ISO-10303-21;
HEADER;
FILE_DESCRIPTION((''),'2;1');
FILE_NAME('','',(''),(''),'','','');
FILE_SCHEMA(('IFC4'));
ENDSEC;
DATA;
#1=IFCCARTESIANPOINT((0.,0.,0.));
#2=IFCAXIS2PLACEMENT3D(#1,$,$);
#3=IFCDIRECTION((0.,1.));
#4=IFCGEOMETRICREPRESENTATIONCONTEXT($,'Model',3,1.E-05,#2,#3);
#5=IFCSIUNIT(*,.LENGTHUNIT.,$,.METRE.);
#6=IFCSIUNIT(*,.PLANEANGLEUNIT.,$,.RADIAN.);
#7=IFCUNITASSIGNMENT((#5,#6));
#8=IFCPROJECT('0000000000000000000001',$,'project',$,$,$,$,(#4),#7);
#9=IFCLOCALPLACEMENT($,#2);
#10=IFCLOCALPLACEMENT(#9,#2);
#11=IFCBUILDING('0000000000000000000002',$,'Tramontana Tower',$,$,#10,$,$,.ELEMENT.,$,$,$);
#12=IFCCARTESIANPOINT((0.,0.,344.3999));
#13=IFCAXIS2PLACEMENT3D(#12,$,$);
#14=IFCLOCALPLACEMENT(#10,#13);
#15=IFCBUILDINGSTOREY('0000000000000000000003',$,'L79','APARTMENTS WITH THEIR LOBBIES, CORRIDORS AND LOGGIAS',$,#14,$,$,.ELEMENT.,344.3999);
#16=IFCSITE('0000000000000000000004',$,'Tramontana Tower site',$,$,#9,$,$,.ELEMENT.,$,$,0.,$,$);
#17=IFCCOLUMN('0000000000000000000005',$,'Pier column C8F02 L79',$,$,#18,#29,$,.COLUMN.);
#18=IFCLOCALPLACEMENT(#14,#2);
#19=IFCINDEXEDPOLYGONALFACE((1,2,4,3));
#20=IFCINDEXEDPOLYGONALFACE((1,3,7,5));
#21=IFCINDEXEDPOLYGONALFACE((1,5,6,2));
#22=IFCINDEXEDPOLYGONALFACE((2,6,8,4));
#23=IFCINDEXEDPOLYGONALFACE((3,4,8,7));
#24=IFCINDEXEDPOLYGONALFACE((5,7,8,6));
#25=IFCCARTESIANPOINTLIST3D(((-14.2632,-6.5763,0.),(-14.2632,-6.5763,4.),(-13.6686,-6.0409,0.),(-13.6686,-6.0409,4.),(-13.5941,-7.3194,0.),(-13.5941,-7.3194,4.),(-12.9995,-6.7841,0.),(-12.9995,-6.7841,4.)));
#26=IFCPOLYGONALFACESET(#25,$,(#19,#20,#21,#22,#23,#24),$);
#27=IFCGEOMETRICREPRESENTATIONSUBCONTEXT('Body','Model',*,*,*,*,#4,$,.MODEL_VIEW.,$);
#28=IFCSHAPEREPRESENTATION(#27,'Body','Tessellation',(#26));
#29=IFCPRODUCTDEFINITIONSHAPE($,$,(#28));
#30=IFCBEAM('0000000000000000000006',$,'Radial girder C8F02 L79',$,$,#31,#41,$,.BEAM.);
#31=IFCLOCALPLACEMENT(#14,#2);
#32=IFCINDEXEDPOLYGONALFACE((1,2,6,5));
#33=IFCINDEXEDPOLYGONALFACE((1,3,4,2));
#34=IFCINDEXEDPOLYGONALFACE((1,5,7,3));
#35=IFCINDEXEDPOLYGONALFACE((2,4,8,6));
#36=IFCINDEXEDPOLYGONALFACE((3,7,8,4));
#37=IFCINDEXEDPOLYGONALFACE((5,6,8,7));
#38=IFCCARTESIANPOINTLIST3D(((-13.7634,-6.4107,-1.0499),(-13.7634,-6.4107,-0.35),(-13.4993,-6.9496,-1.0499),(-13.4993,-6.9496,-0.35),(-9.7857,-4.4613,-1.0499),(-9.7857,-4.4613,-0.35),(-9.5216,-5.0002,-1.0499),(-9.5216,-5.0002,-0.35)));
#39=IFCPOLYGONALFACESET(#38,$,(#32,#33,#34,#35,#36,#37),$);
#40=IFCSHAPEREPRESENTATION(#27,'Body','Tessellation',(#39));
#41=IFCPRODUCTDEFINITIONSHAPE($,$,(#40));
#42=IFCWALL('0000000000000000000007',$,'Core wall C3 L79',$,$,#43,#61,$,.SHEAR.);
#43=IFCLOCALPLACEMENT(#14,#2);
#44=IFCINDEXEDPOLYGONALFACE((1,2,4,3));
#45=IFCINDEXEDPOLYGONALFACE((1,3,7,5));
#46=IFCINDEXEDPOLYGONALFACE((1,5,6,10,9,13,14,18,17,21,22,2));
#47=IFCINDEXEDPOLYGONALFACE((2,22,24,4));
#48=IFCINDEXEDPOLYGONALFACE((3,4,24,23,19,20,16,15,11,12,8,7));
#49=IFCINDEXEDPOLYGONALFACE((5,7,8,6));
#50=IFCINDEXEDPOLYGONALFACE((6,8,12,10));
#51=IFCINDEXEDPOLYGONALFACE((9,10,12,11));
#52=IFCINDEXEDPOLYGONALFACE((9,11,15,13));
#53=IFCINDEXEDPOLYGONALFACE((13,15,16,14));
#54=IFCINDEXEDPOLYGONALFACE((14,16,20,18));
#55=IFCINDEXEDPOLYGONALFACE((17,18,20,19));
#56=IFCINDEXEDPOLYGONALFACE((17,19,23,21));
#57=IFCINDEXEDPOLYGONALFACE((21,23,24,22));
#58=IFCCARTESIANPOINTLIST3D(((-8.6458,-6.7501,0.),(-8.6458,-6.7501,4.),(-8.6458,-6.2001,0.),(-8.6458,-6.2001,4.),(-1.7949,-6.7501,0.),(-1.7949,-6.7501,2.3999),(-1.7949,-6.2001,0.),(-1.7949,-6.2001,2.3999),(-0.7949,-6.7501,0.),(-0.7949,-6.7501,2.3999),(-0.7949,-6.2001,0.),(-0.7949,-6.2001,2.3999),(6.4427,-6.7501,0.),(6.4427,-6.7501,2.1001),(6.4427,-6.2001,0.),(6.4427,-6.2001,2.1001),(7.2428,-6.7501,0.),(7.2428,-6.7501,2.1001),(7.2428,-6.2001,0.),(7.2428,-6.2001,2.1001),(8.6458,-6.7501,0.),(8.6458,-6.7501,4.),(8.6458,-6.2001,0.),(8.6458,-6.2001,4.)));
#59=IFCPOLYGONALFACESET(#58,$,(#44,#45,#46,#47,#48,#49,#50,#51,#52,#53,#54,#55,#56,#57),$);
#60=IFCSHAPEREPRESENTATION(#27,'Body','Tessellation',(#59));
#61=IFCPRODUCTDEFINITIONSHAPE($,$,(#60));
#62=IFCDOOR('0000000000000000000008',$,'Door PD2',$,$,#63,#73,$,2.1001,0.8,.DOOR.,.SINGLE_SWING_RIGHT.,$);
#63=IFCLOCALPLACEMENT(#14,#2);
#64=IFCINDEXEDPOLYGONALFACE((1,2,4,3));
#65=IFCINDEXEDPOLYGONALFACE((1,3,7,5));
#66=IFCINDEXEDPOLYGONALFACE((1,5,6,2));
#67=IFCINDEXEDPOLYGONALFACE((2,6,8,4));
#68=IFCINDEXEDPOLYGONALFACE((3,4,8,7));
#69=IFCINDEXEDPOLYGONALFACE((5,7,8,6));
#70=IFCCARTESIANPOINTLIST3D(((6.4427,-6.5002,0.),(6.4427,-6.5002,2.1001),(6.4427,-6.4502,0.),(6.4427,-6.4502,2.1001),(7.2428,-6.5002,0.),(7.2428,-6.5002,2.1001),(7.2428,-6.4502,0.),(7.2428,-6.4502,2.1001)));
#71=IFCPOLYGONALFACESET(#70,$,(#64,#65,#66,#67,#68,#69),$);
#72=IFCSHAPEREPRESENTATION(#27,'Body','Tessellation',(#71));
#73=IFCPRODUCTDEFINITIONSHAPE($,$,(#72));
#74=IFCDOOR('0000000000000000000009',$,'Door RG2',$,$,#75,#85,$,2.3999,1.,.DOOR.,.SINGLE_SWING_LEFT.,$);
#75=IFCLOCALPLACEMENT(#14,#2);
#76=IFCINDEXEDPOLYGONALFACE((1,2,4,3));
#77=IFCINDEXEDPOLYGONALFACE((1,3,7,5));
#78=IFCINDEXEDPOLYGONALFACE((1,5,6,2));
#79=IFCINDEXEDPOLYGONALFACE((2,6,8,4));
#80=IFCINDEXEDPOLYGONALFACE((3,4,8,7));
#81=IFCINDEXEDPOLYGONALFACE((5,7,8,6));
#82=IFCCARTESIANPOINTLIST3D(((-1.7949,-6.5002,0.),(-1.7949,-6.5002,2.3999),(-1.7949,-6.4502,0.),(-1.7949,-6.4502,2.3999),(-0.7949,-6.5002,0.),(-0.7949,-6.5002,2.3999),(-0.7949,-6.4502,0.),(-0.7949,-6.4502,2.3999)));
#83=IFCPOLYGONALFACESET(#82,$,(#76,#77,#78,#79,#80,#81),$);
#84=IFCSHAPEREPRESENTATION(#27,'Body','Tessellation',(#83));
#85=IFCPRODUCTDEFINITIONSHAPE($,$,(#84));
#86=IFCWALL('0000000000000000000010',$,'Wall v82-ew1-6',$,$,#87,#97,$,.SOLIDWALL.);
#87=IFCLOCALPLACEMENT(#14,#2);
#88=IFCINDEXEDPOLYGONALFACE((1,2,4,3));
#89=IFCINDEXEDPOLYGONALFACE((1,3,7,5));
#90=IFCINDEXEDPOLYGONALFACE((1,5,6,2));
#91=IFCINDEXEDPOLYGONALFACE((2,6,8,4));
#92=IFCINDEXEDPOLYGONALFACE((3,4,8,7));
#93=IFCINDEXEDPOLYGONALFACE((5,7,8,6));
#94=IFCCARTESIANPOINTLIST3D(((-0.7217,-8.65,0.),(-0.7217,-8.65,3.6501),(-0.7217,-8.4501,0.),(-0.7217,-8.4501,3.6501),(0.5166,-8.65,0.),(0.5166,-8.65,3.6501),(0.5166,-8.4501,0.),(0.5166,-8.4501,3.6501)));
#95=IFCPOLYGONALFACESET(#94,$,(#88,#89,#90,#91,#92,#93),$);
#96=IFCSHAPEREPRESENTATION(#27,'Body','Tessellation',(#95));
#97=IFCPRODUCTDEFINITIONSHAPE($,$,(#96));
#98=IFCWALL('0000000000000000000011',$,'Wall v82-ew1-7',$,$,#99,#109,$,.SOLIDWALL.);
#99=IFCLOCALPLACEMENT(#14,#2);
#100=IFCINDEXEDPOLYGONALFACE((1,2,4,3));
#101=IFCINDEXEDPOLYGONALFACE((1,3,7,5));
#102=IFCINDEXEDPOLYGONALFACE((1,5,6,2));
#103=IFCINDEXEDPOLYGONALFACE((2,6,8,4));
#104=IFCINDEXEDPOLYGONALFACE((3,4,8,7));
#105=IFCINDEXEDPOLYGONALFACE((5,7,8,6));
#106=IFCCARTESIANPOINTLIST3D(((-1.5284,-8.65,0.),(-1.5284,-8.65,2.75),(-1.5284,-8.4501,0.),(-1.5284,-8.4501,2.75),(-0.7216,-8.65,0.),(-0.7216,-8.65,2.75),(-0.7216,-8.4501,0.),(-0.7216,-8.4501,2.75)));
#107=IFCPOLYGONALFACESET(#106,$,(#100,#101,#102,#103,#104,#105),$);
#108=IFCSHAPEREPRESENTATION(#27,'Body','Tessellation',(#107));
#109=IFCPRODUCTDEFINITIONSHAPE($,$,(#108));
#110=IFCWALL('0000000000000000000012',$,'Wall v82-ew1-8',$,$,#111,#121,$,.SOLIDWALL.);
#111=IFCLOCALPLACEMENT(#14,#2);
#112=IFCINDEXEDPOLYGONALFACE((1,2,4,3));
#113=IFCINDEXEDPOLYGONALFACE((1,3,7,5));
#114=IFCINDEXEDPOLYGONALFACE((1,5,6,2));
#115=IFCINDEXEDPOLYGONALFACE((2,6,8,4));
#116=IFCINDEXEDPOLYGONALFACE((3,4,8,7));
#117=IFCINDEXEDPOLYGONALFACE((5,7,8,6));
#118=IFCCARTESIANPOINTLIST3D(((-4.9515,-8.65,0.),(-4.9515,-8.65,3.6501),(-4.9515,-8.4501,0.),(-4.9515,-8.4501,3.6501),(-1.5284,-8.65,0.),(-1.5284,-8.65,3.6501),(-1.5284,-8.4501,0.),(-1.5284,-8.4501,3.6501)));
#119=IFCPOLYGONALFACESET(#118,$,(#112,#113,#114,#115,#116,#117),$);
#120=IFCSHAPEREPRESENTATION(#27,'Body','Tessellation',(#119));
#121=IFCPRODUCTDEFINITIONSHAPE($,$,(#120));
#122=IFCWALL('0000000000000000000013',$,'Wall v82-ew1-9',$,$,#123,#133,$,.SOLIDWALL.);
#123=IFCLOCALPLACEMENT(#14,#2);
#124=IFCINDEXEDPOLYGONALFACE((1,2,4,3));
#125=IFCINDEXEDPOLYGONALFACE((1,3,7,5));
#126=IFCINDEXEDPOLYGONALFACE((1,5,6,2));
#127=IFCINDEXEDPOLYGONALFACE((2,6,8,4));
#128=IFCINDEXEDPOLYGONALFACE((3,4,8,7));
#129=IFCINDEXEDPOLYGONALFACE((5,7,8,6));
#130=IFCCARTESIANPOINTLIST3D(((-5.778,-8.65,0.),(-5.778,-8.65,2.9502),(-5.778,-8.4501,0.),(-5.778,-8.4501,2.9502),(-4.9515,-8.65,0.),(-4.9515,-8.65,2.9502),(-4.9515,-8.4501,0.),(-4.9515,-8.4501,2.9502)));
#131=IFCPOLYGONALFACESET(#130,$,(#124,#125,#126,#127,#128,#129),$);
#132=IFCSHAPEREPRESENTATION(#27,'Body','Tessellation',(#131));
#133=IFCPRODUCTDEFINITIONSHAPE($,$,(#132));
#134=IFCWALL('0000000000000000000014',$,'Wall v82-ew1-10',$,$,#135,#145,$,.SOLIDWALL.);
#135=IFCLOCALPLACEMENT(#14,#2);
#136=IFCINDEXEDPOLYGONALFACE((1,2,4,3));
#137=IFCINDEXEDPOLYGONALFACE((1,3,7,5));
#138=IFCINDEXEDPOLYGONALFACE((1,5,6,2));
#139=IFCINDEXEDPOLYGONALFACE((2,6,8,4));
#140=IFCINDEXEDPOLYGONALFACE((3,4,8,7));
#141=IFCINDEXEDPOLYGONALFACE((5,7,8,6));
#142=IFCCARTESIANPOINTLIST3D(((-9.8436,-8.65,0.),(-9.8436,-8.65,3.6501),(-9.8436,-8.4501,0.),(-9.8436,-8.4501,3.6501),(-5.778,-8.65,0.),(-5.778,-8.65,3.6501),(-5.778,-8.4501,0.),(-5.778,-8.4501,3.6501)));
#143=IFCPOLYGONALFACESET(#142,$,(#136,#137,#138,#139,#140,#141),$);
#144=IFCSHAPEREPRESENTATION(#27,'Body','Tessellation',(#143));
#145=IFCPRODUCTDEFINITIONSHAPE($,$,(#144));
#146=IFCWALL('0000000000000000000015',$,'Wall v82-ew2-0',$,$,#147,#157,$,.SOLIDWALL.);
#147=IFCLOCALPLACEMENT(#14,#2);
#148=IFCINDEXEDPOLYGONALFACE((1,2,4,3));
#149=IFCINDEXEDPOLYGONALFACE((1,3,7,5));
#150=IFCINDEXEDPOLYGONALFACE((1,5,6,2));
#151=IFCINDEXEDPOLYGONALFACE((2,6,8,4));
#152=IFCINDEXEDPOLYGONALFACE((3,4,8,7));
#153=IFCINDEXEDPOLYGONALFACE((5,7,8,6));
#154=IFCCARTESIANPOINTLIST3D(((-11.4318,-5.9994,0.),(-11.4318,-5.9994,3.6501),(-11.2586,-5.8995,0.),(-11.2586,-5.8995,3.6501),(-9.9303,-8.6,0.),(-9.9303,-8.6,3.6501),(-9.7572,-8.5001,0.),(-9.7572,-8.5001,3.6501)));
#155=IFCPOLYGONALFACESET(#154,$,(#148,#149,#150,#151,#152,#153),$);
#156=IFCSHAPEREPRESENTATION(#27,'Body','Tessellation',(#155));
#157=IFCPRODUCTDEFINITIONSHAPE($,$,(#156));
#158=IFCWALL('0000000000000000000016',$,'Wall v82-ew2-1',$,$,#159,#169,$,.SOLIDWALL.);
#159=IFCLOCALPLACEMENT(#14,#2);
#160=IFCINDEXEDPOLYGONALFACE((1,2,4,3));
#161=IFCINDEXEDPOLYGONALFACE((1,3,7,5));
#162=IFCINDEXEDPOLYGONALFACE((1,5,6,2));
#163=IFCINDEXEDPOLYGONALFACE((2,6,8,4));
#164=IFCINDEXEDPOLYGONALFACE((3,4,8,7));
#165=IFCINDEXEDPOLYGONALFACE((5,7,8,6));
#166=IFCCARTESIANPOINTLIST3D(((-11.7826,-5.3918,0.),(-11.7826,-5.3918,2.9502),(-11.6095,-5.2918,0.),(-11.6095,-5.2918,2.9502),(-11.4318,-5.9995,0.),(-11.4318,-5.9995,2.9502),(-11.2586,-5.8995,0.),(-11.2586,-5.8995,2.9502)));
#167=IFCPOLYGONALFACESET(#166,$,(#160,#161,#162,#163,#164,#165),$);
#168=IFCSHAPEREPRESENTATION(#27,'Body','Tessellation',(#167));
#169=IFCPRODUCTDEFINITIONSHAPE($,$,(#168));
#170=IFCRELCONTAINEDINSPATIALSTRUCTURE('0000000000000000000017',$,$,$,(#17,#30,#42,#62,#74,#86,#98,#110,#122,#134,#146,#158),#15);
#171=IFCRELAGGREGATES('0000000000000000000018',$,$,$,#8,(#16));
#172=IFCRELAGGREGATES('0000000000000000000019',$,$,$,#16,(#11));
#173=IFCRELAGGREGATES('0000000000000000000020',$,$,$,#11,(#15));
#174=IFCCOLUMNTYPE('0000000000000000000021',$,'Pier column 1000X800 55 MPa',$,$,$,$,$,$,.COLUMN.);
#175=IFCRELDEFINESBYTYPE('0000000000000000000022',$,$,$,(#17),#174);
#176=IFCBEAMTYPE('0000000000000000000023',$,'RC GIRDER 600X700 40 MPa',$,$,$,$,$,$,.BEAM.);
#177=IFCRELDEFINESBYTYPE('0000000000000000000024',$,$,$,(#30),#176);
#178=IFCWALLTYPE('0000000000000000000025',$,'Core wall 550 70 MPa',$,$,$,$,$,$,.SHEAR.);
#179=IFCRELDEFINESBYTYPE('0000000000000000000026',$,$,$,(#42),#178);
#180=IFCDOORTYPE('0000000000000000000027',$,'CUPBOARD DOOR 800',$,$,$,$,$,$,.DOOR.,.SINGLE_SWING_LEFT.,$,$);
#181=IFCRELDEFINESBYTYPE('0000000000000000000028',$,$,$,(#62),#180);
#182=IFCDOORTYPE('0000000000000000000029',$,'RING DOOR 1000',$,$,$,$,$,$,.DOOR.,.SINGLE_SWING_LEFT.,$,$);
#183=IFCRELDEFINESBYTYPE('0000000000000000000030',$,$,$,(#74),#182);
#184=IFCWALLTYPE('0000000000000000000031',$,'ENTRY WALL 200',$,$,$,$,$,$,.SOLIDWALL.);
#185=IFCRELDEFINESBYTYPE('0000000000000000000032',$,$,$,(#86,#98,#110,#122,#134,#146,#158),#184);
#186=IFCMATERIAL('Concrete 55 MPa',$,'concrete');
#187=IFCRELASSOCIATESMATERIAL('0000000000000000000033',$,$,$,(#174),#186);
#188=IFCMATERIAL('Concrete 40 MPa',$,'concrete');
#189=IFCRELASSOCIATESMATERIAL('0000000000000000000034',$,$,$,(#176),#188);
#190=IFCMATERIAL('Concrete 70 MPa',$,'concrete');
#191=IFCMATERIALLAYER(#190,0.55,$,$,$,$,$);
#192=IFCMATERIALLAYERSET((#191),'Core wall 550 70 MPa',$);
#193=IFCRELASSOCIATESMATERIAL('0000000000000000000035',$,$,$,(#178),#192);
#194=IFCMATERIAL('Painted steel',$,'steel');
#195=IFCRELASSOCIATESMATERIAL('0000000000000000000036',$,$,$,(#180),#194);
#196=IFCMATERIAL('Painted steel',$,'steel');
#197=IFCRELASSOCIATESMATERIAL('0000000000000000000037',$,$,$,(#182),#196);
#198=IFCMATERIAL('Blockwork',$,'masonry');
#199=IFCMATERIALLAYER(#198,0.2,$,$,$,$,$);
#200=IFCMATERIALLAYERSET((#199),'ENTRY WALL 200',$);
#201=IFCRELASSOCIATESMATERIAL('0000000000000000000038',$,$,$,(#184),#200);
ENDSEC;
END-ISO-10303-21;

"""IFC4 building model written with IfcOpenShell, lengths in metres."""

from ifc_helpers import new_model, si_unit, direction, frame, frame_2d, origin, origin_2d, place, context, subcontext, project, spatial, rectangle, extrude, material, layer, layer_set, material_profile, profile_set, type_object, element, fill, save


model = new_model("IFC4")

# Units and contexts
model_context = context("Model", 3, precision=1e-05, world=origin(), true_north=direction((0.0, 1.0)))
body_context = subcontext(model_context, "Body", "Model", "MODEL_VIEW")
ifc_project = project(units=[si_unit("LENGTHUNIT", "METRE"), si_unit("PLANEANGLEUNIT", "RADIAN")], contexts=[model_context])

# Site, building, storey
site_placement = place(None, origin())
site = spatial("IfcSite", under=ifc_project, at=site_placement, Name="Tramontana Tower site", CompositionType="ELEMENT", RefElevation=0.0)
building_placement = place(site_placement, origin())
building = spatial("IfcBuilding", under=site, at=building_placement, Name="Tramontana Tower", CompositionType="ELEMENT")
storey_placement = place(building_placement, frame((0.0, 0.0, 344.3999)))
storey = spatial("IfcBuildingStorey", under=building, at=storey_placement, Name="L79", Description="APARTMENTS WITH THEIR LOBBIES, CORRIDORS AND LOGGIAS", CompositionType="ELEMENT", Elevation=344.3999)

# Column
ifc_material_1 = material(Name="Concrete 55 MPa", Category="concrete")
ifc_material_profile_1 = material_profile(ifc_material_1, rectangle(XDim=1.0, YDim=0.8, at=origin_2d()), Name="Pier column 1000X800 55 MPa")
ifc_profile_set_1 = profile_set([ifc_material_profile_1], Name="Concrete 55 MPa")
column_type = type_object("IfcColumnType", Name="Pier column 1000X800 55 MPa", PredefinedType="COLUMN", material=ifc_profile_set_1)
column_placement = place(storey_placement, frame((-13.6313, -6.6802, 0.0), z_axis=(0.0, 0.0, 1.0), x_axis=(0.669131, -0.743145, 0.0)))
element("IfcColumn", 1, at=column_placement, inside=storey, type_object=column_type, Name="Pier column C8F02 L79", PredefinedType="COLUMN", context=body_context, shape_type="SweptSolid", body=[
    extrude(rectangle(XDim=1.0, YDim=0.8, at=origin_2d()), origin(), (0.0, 0.0, 1.0), 4.0),
])

# Beam
ifc_material_2 = material(Name="Concrete 40 MPa", Category="concrete")
ifc_material_profile_2 = material_profile(ifc_material_2, rectangle(XDim=0.6001, YDim=0.7, at=origin_2d()), Name="RC GIRDER 600X700 40 MPa")
ifc_profile_set_2 = profile_set([ifc_material_profile_2], Name="Concrete 40 MPa")
beam_type = type_object("IfcBeamType", Name="RC GIRDER 600X700 40 MPa", PredefinedType="BEAM", material=ifc_profile_set_2)
beam_placement = place(storey_placement, frame((-13.6313, -6.6802, -0.7), z_axis=(0.897959, 0.440079, 0.0), x_axis=(-0.440079, 0.897959, 0.0)))
element("IfcBeam", 2, at=beam_placement, inside=storey, type_object=beam_type, Name="Radial girder C8F02 L79", PredefinedType="BEAM", context=body_context, shape_type="SweptSolid", body=[
    extrude(rectangle(XDim=0.6001, YDim=0.7, at=origin_2d()), origin(), (0.0, 0.0, 1.0), 4.4297),
])

# Wall, openings, doors
ifc_material_3 = material(Name="Concrete 70 MPa", Category="concrete")
ifc_layer_1 = layer(ifc_material_3, 0.55)
ifc_layer_set_1 = layer_set([ifc_layer_1], Name="Core wall 550 70 MPa")
wall_type_1 = type_object("IfcWallType", Name="Core wall 550 70 MPa", PredefinedType="SHEAR", material=ifc_layer_set_1)
wall_1_placement = place(storey_placement, frame((-8.6458, -6.4751, 0.0), z_axis=(0.0, 0.0, 1.0), x_axis=(1.0, 0.0, 0.0)))
wall_1 = element("IfcWall", 3, at=wall_1_placement, inside=storey, type_object=wall_type_1, Name="Core wall C3 L79", PredefinedType="SHEAR", context=body_context, shape_type="SweptSolid", body=[
    extrude(rectangle(XDim=17.2915, YDim=0.55, at=frame_2d((8.6458, 0.0))), origin(), (0.0, 0.0, 1.0), 4.0),
])
opening_1_placement = place(wall_1_placement, frame((6.8508, 0.0, 0.0)))
opening_1 = element("IfcOpeningElement", 4, at=opening_1_placement, cuts=wall_1, PredefinedType="OPENING", context=body_context, shape_type="SweptSolid", body=[
    extrude(rectangle(XDim=1.0, YDim=2.3999, at=frame_2d((0.5, 1.2))), frame((0.0, 0.2849, 0.0), z_axis=(0.0, -1.0, 0.0), x_axis=(1.0, 0.0, 0.0)), (0.0, 0.0, 1.0), 0.5701),
])
opening_2_placement = place(wall_1_placement, frame((15.0886, 0.0, 0.0)))
opening_2 = element("IfcOpeningElement", 5, at=opening_2_placement, cuts=wall_1, PredefinedType="OPENING", context=body_context, shape_type="SweptSolid", body=[
    extrude(rectangle(XDim=0.8, YDim=2.1001, at=frame_2d((0.3999, 1.05))), frame((0.0, 0.2849, 0.0), z_axis=(0.0, -1.0, 0.0), x_axis=(1.0, 0.0, 0.0)), (0.0, 0.0, 1.0), 0.5701),
])
ifc_material_4 = material(Name="Painted steel", Category="steel")
door_type_1 = type_object("IfcDoorType", Name="CUPBOARD DOOR 800", OperationType="SINGLE_SWING_LEFT", PredefinedType="DOOR", material=ifc_material_4)
door_1_placement = place(opening_2_placement, origin())
door_1 = element("IfcDoor", 6, at=door_1_placement, inside=storey, type_object=door_type_1, Name="Door PD2", OperationType="SINGLE_SWING_RIGHT", OverallHeight=2.1001, OverallWidth=0.8, PredefinedType="DOOR", context=body_context, shape_type="SweptSolid", body=[
    extrude(rectangle(XDim=0.8, YDim=2.1001, at=frame_2d((0.3999, 1.05))), frame((0.0, 0.0249, 0.0), z_axis=(0.0, -1.0, 0.0), x_axis=(1.0, 0.0, 0.0)), (0.0, 0.0, 1.0), 0.05),
])
fill(opening_2, door_1)
ifc_material_5 = material(Name="Painted steel", Category="steel")
door_type_2 = type_object("IfcDoorType", Name="RING DOOR 1000", OperationType="SINGLE_SWING_LEFT", PredefinedType="DOOR", material=ifc_material_5)
door_2_placement = place(opening_1_placement, origin())
door_2 = element("IfcDoor", 7, at=door_2_placement, inside=storey, type_object=door_type_2, Name="Door RG2", OperationType="SINGLE_SWING_LEFT", OverallHeight=2.3999, OverallWidth=1.0, PredefinedType="DOOR", context=body_context, shape_type="SweptSolid", body=[
    extrude(rectangle(XDim=1.0, YDim=2.3999, at=frame_2d((0.5, 1.2))), frame((0.0, 0.0249, 0.0), z_axis=(0.0, -1.0, 0.0), x_axis=(1.0, 0.0, 0.0)), (0.0, 0.0, 1.0), 0.05),
])
fill(opening_1, door_2)

# Walls
ifc_material_6 = material(Name="Blockwork", Category="masonry")
ifc_layer_2 = layer(ifc_material_6, 0.2)
ifc_layer_set_2 = layer_set([ifc_layer_2], Name="ENTRY WALL 200")
wall_type_2 = type_object("IfcWallType", Name="ENTRY WALL 200", PredefinedType="SOLIDWALL", material=ifc_layer_set_2)
wall_2_placement = place(storey_placement, frame((0.5166, -8.55, 0.0), z_axis=(0.0, 0.0, 1.0), x_axis=(-1.0, 0.0, 0.0)))
element("IfcWall", 8, at=wall_2_placement, inside=storey, type_object=wall_type_2, Name="Wall v82-ew1-6", PredefinedType="SOLIDWALL", context=body_context, shape_type="SweptSolid", body=[
    extrude(rectangle(XDim=1.2383, YDim=0.2, at=frame_2d((0.6191, 0.0))), origin(), (0.0, 0.0, 1.0), 3.6501),
])
wall_3_placement = place(storey_placement, frame((-0.7217, -8.55, 0.0), z_axis=(0.0, 0.0, 1.0), x_axis=(-1.0, 0.0, 0.0)))
element("IfcWall", 9, at=wall_3_placement, inside=storey, type_object=wall_type_2, Name="Wall v82-ew1-7", PredefinedType="SOLIDWALL", context=body_context, shape_type="SweptSolid", body=[
    extrude(rectangle(XDim=0.8069, YDim=0.2, at=frame_2d((0.4033, 0.0))), origin(), (0.0, 0.0, 1.0), 2.75),
])
wall_4_placement = place(storey_placement, frame((-1.5286, -8.55, 0.0), z_axis=(0.0, 0.0, 1.0), x_axis=(-1.0, 0.0, 0.0)))
element("IfcWall", 10, at=wall_4_placement, inside=storey, type_object=wall_type_2, Name="Wall v82-ew1-8", PredefinedType="SOLIDWALL", context=body_context, shape_type="SweptSolid", body=[
    extrude(rectangle(XDim=3.4231, YDim=0.2, at=frame_2d((1.7114, 0.0))), origin(), (0.0, 0.0, 1.0), 3.6501),
])
wall_5_placement = place(storey_placement, frame((-4.9517, -8.55, 0.0), z_axis=(0.0, 0.0, 1.0), x_axis=(-1.0, 0.0, 0.0)))
element("IfcWall", 11, at=wall_5_placement, inside=storey, type_object=wall_type_2, Name="Wall v82-ew1-9", PredefinedType="SOLIDWALL", context=body_context, shape_type="SweptSolid", body=[
    extrude(rectangle(XDim=0.8264, YDim=0.2, at=frame_2d((0.4131, 0.0))), origin(), (0.0, 0.0, 1.0), 2.9502),
])
wall_6_placement = place(storey_placement, frame((-5.7781, -8.55, 0.0), z_axis=(0.0, 0.0, 1.0), x_axis=(-1.0, 0.0, 0.0)))
element("IfcWall", 12, at=wall_6_placement, inside=storey, type_object=wall_type_2, Name="Wall v82-ew1-10", PredefinedType="SOLIDWALL", context=body_context, shape_type="SweptSolid", body=[
    extrude(rectangle(XDim=4.0657, YDim=0.2, at=frame_2d((2.0327, 0.0))), origin(), (0.0, 0.0, 1.0), 3.6501),
])
wall_7_placement = place(storey_placement, frame((-9.8438, -8.55, 0.0), z_axis=(0.0, 0.0, 1.0), x_axis=(-0.500004, 0.866023, 0.0)))
element("IfcWall", 13, at=wall_7_placement, inside=storey, type_object=wall_type_2, Name="Wall v82-ew2-0", PredefinedType="SOLIDWALL", context=body_context, shape_type="SweptSolid", body=[
    extrude(rectangle(XDim=3.0029, YDim=0.2, at=frame_2d((1.5015, 0.0))), origin(), (0.0, 0.0, 1.0), 3.6501),
])
wall_8_placement = place(storey_placement, frame((-11.3452, -5.9495, 0.0), z_axis=(0.0, 0.0, 1.0), x_axis=(-0.499994, 0.866029, 0.0)))
element("IfcWall", 14, at=wall_8_placement, inside=storey, type_object=wall_type_2, Name="Wall v82-ew2-1", PredefinedType="SOLIDWALL", context=body_context, shape_type="SweptSolid", body=[
    extrude(rectangle(XDim=0.7017, YDim=0.2, at=frame_2d((0.3508, 0.0))), origin(), (0.0, 0.0, 1.0), 2.9502),
])

save(model, "model.ifc")
